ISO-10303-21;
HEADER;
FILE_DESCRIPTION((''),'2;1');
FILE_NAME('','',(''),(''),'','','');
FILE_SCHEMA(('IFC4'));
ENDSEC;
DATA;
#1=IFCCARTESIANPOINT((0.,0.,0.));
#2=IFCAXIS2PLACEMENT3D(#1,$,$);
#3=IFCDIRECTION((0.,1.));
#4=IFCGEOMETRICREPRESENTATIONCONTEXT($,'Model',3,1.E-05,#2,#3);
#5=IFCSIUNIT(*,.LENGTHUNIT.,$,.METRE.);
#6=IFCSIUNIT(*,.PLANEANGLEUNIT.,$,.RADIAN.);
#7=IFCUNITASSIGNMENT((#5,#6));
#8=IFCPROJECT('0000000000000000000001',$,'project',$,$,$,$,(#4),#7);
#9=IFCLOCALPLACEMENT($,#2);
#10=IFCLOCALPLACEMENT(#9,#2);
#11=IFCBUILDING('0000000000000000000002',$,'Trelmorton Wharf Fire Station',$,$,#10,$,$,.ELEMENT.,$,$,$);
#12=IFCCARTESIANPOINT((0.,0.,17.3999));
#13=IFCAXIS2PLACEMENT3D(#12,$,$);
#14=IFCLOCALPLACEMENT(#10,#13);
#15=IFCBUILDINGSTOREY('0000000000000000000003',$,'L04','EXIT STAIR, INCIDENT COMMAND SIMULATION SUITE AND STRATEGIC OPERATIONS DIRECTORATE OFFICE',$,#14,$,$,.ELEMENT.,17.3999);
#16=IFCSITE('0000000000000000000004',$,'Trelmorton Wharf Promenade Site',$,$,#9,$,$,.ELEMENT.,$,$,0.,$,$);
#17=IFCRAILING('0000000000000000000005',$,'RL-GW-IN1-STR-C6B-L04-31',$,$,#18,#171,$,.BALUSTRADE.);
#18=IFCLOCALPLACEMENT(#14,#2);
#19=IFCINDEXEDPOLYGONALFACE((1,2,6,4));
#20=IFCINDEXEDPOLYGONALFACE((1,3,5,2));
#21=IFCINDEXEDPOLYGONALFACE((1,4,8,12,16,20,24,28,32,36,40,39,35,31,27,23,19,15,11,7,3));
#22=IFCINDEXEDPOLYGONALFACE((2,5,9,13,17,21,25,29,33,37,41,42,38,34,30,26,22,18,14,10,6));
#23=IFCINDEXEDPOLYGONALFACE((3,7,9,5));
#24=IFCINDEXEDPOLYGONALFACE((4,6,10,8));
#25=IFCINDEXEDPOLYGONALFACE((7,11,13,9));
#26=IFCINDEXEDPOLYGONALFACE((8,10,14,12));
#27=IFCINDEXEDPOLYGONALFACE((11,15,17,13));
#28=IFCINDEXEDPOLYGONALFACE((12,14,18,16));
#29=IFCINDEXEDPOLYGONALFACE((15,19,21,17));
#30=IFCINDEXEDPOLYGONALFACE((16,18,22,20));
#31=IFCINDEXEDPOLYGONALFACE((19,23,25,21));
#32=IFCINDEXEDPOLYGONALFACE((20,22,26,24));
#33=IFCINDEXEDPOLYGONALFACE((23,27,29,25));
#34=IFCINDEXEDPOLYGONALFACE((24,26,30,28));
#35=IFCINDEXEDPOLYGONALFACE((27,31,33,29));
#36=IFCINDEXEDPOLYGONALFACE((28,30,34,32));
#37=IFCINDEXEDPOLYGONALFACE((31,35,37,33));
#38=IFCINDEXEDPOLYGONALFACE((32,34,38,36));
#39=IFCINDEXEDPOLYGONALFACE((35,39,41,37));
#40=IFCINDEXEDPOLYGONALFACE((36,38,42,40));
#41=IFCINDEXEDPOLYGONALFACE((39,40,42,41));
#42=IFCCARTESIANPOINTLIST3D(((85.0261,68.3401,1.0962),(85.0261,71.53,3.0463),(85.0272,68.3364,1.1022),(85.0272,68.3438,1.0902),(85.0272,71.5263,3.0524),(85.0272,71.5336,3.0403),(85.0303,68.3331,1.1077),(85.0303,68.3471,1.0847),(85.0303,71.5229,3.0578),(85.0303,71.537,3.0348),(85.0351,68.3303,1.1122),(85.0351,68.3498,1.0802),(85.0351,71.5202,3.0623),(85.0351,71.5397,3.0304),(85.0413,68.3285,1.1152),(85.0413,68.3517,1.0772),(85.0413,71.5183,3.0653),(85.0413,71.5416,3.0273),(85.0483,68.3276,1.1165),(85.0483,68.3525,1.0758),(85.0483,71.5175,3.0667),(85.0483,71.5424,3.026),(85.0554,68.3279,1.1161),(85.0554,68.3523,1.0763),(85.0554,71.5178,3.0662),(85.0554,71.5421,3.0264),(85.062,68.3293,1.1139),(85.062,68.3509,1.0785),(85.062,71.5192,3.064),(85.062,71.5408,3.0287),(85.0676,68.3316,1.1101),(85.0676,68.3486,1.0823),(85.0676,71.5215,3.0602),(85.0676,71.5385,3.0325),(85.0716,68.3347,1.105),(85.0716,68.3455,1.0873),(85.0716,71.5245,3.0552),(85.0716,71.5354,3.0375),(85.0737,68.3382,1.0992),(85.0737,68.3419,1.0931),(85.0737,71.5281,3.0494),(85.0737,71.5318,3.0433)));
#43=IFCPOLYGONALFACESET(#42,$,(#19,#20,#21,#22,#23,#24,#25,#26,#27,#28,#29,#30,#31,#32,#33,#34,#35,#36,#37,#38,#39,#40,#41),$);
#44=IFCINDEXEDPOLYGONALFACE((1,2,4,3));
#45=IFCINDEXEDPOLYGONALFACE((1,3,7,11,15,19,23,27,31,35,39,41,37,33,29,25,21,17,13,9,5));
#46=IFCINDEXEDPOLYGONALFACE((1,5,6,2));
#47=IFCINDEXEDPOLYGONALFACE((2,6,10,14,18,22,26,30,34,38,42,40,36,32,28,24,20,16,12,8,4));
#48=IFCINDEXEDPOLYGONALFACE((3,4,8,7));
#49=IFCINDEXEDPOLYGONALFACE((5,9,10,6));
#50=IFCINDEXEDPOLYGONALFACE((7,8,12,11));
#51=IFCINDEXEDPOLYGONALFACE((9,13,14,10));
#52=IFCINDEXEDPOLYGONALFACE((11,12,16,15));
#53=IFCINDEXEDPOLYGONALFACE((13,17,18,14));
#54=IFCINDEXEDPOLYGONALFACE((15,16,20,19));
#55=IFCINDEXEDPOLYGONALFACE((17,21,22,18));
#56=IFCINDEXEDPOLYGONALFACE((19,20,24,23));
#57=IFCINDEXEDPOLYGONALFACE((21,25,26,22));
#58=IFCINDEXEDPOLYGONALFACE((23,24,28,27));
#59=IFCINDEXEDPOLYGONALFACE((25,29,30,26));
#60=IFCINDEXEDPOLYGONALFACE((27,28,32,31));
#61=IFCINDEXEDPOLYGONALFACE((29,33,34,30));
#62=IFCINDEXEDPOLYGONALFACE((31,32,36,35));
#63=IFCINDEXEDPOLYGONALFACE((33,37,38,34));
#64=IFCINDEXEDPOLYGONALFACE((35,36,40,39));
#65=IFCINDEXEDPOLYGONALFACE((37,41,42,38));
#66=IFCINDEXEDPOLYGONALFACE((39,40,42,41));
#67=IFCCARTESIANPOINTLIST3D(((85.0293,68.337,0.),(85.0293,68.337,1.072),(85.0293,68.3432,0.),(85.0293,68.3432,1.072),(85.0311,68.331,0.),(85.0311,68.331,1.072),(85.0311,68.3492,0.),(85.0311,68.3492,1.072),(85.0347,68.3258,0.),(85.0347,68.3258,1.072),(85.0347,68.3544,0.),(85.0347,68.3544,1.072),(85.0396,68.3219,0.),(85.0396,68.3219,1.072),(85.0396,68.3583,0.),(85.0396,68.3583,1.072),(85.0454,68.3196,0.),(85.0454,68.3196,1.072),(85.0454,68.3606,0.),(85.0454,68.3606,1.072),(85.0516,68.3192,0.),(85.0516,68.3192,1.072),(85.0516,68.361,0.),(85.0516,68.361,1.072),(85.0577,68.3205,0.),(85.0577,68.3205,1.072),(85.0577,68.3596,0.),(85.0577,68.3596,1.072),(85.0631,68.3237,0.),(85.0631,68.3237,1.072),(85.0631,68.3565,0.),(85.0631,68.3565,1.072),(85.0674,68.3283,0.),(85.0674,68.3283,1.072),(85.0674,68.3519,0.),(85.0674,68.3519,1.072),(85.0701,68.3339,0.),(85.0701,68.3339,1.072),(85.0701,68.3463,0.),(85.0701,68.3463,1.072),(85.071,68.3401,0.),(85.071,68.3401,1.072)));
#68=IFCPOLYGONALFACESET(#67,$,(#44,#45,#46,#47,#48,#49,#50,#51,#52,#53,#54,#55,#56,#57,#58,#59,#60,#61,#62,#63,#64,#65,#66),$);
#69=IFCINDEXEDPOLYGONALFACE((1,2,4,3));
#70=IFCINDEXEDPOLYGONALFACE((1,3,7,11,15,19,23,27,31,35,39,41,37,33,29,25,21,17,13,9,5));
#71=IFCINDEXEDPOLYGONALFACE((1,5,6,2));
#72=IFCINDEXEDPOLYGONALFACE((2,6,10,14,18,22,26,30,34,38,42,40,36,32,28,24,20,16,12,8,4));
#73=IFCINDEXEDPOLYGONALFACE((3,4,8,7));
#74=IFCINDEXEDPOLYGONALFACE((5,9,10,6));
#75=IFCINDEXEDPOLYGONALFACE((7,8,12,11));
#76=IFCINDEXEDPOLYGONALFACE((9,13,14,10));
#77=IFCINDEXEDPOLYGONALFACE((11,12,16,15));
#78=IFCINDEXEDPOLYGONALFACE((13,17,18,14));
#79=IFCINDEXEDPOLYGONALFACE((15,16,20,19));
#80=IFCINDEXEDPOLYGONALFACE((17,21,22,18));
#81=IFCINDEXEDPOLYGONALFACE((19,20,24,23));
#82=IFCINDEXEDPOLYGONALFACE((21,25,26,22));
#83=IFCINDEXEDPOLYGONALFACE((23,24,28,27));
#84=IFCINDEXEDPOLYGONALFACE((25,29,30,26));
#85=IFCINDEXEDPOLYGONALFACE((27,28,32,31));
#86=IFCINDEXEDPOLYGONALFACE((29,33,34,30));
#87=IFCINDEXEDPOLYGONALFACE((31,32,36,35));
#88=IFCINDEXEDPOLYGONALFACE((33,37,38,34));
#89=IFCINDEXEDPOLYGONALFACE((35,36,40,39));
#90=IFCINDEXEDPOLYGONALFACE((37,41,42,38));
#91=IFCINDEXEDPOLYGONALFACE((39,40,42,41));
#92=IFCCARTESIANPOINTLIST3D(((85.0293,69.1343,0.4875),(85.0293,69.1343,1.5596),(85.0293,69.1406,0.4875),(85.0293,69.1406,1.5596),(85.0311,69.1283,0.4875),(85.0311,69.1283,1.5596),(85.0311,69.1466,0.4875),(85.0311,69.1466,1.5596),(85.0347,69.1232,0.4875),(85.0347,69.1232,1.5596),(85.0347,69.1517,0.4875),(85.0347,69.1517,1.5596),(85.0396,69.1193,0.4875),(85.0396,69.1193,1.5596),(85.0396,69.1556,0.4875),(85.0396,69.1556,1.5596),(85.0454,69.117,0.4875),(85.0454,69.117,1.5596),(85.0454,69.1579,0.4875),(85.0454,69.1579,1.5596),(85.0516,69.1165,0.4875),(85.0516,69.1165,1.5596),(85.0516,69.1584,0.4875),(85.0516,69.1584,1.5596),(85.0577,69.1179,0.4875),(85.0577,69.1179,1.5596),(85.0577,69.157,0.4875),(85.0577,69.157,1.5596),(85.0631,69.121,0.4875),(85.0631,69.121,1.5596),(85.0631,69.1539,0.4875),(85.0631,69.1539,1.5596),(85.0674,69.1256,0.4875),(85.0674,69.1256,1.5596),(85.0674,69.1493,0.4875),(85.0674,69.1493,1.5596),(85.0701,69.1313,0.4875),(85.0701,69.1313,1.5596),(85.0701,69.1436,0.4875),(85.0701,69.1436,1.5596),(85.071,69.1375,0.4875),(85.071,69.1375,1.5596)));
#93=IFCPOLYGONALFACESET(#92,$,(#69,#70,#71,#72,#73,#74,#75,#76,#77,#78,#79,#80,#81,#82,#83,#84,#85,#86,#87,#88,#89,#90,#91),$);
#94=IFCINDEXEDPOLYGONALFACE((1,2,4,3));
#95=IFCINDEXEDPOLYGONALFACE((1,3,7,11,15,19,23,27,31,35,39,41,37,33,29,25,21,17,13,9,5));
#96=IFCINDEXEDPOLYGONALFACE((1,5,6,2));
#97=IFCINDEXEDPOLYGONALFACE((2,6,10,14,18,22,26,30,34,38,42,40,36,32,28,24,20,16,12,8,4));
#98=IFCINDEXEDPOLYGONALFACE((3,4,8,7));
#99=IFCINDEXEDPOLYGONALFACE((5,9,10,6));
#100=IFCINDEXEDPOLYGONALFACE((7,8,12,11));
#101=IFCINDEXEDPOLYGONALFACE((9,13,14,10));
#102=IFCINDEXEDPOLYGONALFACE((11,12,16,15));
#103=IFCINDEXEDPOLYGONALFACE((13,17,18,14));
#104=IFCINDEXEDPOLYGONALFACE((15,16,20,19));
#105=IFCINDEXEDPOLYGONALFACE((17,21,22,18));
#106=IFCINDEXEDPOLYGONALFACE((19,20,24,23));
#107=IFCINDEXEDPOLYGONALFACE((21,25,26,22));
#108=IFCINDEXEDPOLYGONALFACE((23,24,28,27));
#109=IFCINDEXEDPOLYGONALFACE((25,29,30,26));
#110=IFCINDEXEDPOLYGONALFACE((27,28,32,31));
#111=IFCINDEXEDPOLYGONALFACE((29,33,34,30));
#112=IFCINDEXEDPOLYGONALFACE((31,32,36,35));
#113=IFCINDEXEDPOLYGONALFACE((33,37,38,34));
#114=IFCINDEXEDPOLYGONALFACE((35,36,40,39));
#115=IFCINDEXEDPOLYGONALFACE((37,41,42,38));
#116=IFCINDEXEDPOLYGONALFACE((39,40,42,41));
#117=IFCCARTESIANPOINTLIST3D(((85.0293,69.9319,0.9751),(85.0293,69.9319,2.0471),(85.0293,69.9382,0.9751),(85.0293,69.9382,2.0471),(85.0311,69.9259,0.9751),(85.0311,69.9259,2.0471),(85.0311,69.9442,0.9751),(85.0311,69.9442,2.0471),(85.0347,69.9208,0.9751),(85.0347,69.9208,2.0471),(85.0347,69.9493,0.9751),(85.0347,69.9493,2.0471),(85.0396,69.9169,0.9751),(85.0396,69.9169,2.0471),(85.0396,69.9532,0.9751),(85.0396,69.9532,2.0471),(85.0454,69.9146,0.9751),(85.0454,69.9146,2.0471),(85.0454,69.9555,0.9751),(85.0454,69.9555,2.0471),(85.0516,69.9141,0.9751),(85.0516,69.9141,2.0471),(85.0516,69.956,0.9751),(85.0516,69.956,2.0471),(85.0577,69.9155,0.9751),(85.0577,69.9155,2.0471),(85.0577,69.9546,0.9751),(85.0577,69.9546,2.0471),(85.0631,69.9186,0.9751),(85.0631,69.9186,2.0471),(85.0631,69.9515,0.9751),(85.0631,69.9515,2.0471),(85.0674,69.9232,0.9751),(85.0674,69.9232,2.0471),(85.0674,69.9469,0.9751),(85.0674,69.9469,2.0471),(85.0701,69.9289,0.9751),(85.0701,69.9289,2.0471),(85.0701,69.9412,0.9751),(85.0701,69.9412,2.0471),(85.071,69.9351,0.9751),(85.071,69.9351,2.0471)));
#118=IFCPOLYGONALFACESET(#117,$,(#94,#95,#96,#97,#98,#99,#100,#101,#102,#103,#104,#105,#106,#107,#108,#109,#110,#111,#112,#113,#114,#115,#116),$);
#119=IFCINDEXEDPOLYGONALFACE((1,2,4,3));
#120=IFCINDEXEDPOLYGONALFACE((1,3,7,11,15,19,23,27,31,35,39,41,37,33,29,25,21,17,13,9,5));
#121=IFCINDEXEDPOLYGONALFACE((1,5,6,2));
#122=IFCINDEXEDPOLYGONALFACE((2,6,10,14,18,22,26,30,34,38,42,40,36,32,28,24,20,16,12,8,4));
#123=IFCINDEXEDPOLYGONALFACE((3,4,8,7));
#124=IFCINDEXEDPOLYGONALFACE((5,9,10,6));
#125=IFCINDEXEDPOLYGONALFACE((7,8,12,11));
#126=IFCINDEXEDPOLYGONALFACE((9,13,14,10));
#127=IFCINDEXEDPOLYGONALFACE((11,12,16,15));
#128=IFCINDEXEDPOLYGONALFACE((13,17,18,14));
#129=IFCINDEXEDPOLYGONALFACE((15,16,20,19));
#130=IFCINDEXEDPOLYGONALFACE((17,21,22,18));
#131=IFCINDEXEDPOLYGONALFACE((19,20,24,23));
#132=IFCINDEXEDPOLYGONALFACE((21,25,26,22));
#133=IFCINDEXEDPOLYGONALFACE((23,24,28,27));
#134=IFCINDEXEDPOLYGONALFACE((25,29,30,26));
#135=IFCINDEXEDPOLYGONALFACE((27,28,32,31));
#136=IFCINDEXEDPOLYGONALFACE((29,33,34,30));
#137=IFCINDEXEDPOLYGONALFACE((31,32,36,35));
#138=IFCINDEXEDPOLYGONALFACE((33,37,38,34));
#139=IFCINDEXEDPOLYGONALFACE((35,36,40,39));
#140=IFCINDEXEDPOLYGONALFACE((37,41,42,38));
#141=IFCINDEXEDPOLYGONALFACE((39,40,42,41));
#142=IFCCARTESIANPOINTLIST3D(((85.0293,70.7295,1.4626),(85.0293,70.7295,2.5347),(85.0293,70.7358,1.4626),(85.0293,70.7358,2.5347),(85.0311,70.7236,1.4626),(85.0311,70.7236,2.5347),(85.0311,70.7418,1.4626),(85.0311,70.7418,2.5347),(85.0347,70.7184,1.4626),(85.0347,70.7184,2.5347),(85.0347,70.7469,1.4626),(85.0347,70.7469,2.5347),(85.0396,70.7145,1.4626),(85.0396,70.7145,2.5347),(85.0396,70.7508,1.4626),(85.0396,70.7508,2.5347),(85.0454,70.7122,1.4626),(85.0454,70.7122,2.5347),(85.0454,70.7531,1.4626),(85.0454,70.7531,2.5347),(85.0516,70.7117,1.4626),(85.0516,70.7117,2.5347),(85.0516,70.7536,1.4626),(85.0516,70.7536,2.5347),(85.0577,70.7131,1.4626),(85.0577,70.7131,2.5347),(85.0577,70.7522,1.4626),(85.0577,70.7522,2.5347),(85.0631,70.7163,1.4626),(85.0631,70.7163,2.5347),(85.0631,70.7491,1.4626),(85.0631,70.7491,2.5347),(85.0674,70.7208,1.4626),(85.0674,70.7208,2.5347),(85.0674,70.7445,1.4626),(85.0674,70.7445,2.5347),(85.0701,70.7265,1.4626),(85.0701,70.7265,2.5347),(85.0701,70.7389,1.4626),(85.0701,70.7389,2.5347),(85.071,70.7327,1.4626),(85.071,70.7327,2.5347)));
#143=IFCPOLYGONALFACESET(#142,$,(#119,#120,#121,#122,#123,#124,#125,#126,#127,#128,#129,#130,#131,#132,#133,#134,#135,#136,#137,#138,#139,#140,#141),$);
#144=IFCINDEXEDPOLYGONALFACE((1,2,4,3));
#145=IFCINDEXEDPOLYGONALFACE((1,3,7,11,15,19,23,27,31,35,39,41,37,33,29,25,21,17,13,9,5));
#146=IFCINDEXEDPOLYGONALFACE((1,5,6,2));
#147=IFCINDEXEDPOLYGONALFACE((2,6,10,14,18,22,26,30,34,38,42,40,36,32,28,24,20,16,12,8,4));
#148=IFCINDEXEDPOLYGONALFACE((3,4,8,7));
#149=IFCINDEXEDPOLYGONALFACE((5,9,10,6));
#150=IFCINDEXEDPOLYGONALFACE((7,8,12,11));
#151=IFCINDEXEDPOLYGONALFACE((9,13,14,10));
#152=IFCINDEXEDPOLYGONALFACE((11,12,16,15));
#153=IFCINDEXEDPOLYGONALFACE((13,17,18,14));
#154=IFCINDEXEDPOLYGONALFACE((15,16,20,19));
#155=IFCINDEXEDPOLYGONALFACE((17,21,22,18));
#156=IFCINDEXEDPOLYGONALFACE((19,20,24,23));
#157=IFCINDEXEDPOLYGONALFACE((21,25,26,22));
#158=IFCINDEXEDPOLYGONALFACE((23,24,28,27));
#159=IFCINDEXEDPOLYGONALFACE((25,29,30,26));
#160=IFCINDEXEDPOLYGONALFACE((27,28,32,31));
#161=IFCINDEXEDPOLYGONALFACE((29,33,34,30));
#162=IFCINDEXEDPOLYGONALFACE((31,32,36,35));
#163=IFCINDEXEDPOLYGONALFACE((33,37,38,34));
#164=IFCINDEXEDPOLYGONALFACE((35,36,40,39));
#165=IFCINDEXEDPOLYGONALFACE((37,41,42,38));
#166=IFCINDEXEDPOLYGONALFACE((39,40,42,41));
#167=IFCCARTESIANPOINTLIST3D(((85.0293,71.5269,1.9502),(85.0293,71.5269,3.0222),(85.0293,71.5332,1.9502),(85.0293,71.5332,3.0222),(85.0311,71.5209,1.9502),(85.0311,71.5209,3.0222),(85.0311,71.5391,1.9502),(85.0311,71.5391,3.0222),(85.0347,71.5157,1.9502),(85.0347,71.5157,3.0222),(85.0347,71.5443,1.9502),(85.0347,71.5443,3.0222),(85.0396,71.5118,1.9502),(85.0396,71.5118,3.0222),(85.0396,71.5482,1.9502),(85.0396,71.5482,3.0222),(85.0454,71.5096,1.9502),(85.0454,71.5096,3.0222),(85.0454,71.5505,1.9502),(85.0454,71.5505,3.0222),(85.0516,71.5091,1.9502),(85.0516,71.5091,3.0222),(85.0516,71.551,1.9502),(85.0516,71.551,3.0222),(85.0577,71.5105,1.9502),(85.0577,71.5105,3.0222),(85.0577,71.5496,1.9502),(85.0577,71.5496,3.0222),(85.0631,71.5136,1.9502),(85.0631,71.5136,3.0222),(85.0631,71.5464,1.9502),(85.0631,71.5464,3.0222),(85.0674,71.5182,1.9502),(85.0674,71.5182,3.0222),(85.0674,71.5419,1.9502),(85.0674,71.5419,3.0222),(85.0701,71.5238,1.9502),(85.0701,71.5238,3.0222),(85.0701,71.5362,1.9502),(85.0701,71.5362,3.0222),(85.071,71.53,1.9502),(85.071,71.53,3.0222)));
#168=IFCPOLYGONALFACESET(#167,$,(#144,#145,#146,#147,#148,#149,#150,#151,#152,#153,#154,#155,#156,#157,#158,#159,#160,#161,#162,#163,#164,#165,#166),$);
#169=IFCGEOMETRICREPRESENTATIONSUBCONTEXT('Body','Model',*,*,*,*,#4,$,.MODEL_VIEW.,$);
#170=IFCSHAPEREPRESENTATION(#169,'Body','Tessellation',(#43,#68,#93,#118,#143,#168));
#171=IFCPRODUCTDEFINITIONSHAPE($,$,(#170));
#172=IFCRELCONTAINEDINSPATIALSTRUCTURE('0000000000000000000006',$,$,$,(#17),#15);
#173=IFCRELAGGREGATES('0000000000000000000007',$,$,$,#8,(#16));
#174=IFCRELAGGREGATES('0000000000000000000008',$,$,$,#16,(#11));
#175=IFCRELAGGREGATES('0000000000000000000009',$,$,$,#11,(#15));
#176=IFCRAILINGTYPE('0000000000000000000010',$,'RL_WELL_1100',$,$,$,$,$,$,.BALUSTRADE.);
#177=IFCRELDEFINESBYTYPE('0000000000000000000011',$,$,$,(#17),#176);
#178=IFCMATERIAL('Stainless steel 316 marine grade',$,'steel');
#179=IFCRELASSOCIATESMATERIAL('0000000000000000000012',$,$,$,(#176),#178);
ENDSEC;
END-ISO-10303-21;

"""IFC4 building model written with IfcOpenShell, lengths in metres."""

from ifc_helpers import new_model, si_unit, direction, frame, origin, origin_2d, place, context, subcontext, project, spatial, circle, extrude, material, type_object, element, save


model = new_model("IFC4")

# Units and contexts
model_context = context("Model", 3, precision=1e-05, world=origin(), true_north=direction((0.0, 1.0)))
body_context = subcontext(model_context, "Body", "Model", "MODEL_VIEW")
ifc_project = project(units=[si_unit("LENGTHUNIT", "METRE"), si_unit("PLANEANGLEUNIT", "RADIAN")], contexts=[model_context])

# Site, building, storey
site_placement = place(None, origin())
site = spatial("IfcSite", under=ifc_project, at=site_placement, Name="Trelmorton Wharf Promenade Site", CompositionType="ELEMENT", RefElevation=0.0)
building_placement = place(site_placement, origin())
building = spatial("IfcBuilding", under=site, at=building_placement, Name="Trelmorton Wharf Fire Station", CompositionType="ELEMENT")
storey_placement = place(building_placement, frame((0.0, 0.0, 17.3999)))
storey = spatial("IfcBuildingStorey", under=building, at=storey_placement, Name="L04", Description="EXIT STAIR, INCIDENT COMMAND SIMULATION SUITE AND STRATEGIC OPERATIONS DIRECTORATE OFFICE", CompositionType="ELEMENT", Elevation=17.3999)

# Shared definitions
ifc_material_1 = material(Name="Stainless steel 316 marine grade", Category="steel")

# Railing
railing_type_1 = type_object("IfcRailingType", Name="RL_WELL_1100", PredefinedType="BALUSTRADE", material=ifc_material_1)
railing_1_placement = place(storey_placement, frame((85.05, 68.3401, 0.0)))
element("IfcRailing", 1, at=railing_1_placement, inside=storey, type_object=railing_type_1, Name="RL-GW-IN1-STR-C6B-L04-31", PredefinedType="BALUSTRADE", context=body_context, shape_type="SweptSolid", body=[
    extrude(circle(Radius=0.0239, at=origin_2d()), frame((0.0, 0.0, 1.0962), z_axis=(0.0, 0.853188, 0.521603), x_axis=(-1.0, 0.0, 0.0)), (0.0, 0.0, 1.0), 3.7388),
    extrude(circle(Radius=0.021, at=origin_2d()), origin(), (0.0, 0.0, 1.0), 1.072),
    extrude(circle(Radius=0.021, at=origin_2d()), frame((0.0, 0.7974, 0.4875)), (0.0, 0.0, 1.0), 1.072),
    extrude(circle(Radius=0.021, at=origin_2d()), frame((0.0, 1.595, 0.9751)), (0.0, 0.0, 1.0), 1.072),
    extrude(circle(Radius=0.021, at=origin_2d()), frame((0.0, 2.3926, 1.4626)), (0.0, 0.0, 1.0), 1.072),
    extrude(circle(Radius=0.021, at=origin_2d()), frame((0.0, 3.1899, 1.9502)), (0.0, 0.0, 1.0), 1.072),
])

save(model, "model.ifc")
